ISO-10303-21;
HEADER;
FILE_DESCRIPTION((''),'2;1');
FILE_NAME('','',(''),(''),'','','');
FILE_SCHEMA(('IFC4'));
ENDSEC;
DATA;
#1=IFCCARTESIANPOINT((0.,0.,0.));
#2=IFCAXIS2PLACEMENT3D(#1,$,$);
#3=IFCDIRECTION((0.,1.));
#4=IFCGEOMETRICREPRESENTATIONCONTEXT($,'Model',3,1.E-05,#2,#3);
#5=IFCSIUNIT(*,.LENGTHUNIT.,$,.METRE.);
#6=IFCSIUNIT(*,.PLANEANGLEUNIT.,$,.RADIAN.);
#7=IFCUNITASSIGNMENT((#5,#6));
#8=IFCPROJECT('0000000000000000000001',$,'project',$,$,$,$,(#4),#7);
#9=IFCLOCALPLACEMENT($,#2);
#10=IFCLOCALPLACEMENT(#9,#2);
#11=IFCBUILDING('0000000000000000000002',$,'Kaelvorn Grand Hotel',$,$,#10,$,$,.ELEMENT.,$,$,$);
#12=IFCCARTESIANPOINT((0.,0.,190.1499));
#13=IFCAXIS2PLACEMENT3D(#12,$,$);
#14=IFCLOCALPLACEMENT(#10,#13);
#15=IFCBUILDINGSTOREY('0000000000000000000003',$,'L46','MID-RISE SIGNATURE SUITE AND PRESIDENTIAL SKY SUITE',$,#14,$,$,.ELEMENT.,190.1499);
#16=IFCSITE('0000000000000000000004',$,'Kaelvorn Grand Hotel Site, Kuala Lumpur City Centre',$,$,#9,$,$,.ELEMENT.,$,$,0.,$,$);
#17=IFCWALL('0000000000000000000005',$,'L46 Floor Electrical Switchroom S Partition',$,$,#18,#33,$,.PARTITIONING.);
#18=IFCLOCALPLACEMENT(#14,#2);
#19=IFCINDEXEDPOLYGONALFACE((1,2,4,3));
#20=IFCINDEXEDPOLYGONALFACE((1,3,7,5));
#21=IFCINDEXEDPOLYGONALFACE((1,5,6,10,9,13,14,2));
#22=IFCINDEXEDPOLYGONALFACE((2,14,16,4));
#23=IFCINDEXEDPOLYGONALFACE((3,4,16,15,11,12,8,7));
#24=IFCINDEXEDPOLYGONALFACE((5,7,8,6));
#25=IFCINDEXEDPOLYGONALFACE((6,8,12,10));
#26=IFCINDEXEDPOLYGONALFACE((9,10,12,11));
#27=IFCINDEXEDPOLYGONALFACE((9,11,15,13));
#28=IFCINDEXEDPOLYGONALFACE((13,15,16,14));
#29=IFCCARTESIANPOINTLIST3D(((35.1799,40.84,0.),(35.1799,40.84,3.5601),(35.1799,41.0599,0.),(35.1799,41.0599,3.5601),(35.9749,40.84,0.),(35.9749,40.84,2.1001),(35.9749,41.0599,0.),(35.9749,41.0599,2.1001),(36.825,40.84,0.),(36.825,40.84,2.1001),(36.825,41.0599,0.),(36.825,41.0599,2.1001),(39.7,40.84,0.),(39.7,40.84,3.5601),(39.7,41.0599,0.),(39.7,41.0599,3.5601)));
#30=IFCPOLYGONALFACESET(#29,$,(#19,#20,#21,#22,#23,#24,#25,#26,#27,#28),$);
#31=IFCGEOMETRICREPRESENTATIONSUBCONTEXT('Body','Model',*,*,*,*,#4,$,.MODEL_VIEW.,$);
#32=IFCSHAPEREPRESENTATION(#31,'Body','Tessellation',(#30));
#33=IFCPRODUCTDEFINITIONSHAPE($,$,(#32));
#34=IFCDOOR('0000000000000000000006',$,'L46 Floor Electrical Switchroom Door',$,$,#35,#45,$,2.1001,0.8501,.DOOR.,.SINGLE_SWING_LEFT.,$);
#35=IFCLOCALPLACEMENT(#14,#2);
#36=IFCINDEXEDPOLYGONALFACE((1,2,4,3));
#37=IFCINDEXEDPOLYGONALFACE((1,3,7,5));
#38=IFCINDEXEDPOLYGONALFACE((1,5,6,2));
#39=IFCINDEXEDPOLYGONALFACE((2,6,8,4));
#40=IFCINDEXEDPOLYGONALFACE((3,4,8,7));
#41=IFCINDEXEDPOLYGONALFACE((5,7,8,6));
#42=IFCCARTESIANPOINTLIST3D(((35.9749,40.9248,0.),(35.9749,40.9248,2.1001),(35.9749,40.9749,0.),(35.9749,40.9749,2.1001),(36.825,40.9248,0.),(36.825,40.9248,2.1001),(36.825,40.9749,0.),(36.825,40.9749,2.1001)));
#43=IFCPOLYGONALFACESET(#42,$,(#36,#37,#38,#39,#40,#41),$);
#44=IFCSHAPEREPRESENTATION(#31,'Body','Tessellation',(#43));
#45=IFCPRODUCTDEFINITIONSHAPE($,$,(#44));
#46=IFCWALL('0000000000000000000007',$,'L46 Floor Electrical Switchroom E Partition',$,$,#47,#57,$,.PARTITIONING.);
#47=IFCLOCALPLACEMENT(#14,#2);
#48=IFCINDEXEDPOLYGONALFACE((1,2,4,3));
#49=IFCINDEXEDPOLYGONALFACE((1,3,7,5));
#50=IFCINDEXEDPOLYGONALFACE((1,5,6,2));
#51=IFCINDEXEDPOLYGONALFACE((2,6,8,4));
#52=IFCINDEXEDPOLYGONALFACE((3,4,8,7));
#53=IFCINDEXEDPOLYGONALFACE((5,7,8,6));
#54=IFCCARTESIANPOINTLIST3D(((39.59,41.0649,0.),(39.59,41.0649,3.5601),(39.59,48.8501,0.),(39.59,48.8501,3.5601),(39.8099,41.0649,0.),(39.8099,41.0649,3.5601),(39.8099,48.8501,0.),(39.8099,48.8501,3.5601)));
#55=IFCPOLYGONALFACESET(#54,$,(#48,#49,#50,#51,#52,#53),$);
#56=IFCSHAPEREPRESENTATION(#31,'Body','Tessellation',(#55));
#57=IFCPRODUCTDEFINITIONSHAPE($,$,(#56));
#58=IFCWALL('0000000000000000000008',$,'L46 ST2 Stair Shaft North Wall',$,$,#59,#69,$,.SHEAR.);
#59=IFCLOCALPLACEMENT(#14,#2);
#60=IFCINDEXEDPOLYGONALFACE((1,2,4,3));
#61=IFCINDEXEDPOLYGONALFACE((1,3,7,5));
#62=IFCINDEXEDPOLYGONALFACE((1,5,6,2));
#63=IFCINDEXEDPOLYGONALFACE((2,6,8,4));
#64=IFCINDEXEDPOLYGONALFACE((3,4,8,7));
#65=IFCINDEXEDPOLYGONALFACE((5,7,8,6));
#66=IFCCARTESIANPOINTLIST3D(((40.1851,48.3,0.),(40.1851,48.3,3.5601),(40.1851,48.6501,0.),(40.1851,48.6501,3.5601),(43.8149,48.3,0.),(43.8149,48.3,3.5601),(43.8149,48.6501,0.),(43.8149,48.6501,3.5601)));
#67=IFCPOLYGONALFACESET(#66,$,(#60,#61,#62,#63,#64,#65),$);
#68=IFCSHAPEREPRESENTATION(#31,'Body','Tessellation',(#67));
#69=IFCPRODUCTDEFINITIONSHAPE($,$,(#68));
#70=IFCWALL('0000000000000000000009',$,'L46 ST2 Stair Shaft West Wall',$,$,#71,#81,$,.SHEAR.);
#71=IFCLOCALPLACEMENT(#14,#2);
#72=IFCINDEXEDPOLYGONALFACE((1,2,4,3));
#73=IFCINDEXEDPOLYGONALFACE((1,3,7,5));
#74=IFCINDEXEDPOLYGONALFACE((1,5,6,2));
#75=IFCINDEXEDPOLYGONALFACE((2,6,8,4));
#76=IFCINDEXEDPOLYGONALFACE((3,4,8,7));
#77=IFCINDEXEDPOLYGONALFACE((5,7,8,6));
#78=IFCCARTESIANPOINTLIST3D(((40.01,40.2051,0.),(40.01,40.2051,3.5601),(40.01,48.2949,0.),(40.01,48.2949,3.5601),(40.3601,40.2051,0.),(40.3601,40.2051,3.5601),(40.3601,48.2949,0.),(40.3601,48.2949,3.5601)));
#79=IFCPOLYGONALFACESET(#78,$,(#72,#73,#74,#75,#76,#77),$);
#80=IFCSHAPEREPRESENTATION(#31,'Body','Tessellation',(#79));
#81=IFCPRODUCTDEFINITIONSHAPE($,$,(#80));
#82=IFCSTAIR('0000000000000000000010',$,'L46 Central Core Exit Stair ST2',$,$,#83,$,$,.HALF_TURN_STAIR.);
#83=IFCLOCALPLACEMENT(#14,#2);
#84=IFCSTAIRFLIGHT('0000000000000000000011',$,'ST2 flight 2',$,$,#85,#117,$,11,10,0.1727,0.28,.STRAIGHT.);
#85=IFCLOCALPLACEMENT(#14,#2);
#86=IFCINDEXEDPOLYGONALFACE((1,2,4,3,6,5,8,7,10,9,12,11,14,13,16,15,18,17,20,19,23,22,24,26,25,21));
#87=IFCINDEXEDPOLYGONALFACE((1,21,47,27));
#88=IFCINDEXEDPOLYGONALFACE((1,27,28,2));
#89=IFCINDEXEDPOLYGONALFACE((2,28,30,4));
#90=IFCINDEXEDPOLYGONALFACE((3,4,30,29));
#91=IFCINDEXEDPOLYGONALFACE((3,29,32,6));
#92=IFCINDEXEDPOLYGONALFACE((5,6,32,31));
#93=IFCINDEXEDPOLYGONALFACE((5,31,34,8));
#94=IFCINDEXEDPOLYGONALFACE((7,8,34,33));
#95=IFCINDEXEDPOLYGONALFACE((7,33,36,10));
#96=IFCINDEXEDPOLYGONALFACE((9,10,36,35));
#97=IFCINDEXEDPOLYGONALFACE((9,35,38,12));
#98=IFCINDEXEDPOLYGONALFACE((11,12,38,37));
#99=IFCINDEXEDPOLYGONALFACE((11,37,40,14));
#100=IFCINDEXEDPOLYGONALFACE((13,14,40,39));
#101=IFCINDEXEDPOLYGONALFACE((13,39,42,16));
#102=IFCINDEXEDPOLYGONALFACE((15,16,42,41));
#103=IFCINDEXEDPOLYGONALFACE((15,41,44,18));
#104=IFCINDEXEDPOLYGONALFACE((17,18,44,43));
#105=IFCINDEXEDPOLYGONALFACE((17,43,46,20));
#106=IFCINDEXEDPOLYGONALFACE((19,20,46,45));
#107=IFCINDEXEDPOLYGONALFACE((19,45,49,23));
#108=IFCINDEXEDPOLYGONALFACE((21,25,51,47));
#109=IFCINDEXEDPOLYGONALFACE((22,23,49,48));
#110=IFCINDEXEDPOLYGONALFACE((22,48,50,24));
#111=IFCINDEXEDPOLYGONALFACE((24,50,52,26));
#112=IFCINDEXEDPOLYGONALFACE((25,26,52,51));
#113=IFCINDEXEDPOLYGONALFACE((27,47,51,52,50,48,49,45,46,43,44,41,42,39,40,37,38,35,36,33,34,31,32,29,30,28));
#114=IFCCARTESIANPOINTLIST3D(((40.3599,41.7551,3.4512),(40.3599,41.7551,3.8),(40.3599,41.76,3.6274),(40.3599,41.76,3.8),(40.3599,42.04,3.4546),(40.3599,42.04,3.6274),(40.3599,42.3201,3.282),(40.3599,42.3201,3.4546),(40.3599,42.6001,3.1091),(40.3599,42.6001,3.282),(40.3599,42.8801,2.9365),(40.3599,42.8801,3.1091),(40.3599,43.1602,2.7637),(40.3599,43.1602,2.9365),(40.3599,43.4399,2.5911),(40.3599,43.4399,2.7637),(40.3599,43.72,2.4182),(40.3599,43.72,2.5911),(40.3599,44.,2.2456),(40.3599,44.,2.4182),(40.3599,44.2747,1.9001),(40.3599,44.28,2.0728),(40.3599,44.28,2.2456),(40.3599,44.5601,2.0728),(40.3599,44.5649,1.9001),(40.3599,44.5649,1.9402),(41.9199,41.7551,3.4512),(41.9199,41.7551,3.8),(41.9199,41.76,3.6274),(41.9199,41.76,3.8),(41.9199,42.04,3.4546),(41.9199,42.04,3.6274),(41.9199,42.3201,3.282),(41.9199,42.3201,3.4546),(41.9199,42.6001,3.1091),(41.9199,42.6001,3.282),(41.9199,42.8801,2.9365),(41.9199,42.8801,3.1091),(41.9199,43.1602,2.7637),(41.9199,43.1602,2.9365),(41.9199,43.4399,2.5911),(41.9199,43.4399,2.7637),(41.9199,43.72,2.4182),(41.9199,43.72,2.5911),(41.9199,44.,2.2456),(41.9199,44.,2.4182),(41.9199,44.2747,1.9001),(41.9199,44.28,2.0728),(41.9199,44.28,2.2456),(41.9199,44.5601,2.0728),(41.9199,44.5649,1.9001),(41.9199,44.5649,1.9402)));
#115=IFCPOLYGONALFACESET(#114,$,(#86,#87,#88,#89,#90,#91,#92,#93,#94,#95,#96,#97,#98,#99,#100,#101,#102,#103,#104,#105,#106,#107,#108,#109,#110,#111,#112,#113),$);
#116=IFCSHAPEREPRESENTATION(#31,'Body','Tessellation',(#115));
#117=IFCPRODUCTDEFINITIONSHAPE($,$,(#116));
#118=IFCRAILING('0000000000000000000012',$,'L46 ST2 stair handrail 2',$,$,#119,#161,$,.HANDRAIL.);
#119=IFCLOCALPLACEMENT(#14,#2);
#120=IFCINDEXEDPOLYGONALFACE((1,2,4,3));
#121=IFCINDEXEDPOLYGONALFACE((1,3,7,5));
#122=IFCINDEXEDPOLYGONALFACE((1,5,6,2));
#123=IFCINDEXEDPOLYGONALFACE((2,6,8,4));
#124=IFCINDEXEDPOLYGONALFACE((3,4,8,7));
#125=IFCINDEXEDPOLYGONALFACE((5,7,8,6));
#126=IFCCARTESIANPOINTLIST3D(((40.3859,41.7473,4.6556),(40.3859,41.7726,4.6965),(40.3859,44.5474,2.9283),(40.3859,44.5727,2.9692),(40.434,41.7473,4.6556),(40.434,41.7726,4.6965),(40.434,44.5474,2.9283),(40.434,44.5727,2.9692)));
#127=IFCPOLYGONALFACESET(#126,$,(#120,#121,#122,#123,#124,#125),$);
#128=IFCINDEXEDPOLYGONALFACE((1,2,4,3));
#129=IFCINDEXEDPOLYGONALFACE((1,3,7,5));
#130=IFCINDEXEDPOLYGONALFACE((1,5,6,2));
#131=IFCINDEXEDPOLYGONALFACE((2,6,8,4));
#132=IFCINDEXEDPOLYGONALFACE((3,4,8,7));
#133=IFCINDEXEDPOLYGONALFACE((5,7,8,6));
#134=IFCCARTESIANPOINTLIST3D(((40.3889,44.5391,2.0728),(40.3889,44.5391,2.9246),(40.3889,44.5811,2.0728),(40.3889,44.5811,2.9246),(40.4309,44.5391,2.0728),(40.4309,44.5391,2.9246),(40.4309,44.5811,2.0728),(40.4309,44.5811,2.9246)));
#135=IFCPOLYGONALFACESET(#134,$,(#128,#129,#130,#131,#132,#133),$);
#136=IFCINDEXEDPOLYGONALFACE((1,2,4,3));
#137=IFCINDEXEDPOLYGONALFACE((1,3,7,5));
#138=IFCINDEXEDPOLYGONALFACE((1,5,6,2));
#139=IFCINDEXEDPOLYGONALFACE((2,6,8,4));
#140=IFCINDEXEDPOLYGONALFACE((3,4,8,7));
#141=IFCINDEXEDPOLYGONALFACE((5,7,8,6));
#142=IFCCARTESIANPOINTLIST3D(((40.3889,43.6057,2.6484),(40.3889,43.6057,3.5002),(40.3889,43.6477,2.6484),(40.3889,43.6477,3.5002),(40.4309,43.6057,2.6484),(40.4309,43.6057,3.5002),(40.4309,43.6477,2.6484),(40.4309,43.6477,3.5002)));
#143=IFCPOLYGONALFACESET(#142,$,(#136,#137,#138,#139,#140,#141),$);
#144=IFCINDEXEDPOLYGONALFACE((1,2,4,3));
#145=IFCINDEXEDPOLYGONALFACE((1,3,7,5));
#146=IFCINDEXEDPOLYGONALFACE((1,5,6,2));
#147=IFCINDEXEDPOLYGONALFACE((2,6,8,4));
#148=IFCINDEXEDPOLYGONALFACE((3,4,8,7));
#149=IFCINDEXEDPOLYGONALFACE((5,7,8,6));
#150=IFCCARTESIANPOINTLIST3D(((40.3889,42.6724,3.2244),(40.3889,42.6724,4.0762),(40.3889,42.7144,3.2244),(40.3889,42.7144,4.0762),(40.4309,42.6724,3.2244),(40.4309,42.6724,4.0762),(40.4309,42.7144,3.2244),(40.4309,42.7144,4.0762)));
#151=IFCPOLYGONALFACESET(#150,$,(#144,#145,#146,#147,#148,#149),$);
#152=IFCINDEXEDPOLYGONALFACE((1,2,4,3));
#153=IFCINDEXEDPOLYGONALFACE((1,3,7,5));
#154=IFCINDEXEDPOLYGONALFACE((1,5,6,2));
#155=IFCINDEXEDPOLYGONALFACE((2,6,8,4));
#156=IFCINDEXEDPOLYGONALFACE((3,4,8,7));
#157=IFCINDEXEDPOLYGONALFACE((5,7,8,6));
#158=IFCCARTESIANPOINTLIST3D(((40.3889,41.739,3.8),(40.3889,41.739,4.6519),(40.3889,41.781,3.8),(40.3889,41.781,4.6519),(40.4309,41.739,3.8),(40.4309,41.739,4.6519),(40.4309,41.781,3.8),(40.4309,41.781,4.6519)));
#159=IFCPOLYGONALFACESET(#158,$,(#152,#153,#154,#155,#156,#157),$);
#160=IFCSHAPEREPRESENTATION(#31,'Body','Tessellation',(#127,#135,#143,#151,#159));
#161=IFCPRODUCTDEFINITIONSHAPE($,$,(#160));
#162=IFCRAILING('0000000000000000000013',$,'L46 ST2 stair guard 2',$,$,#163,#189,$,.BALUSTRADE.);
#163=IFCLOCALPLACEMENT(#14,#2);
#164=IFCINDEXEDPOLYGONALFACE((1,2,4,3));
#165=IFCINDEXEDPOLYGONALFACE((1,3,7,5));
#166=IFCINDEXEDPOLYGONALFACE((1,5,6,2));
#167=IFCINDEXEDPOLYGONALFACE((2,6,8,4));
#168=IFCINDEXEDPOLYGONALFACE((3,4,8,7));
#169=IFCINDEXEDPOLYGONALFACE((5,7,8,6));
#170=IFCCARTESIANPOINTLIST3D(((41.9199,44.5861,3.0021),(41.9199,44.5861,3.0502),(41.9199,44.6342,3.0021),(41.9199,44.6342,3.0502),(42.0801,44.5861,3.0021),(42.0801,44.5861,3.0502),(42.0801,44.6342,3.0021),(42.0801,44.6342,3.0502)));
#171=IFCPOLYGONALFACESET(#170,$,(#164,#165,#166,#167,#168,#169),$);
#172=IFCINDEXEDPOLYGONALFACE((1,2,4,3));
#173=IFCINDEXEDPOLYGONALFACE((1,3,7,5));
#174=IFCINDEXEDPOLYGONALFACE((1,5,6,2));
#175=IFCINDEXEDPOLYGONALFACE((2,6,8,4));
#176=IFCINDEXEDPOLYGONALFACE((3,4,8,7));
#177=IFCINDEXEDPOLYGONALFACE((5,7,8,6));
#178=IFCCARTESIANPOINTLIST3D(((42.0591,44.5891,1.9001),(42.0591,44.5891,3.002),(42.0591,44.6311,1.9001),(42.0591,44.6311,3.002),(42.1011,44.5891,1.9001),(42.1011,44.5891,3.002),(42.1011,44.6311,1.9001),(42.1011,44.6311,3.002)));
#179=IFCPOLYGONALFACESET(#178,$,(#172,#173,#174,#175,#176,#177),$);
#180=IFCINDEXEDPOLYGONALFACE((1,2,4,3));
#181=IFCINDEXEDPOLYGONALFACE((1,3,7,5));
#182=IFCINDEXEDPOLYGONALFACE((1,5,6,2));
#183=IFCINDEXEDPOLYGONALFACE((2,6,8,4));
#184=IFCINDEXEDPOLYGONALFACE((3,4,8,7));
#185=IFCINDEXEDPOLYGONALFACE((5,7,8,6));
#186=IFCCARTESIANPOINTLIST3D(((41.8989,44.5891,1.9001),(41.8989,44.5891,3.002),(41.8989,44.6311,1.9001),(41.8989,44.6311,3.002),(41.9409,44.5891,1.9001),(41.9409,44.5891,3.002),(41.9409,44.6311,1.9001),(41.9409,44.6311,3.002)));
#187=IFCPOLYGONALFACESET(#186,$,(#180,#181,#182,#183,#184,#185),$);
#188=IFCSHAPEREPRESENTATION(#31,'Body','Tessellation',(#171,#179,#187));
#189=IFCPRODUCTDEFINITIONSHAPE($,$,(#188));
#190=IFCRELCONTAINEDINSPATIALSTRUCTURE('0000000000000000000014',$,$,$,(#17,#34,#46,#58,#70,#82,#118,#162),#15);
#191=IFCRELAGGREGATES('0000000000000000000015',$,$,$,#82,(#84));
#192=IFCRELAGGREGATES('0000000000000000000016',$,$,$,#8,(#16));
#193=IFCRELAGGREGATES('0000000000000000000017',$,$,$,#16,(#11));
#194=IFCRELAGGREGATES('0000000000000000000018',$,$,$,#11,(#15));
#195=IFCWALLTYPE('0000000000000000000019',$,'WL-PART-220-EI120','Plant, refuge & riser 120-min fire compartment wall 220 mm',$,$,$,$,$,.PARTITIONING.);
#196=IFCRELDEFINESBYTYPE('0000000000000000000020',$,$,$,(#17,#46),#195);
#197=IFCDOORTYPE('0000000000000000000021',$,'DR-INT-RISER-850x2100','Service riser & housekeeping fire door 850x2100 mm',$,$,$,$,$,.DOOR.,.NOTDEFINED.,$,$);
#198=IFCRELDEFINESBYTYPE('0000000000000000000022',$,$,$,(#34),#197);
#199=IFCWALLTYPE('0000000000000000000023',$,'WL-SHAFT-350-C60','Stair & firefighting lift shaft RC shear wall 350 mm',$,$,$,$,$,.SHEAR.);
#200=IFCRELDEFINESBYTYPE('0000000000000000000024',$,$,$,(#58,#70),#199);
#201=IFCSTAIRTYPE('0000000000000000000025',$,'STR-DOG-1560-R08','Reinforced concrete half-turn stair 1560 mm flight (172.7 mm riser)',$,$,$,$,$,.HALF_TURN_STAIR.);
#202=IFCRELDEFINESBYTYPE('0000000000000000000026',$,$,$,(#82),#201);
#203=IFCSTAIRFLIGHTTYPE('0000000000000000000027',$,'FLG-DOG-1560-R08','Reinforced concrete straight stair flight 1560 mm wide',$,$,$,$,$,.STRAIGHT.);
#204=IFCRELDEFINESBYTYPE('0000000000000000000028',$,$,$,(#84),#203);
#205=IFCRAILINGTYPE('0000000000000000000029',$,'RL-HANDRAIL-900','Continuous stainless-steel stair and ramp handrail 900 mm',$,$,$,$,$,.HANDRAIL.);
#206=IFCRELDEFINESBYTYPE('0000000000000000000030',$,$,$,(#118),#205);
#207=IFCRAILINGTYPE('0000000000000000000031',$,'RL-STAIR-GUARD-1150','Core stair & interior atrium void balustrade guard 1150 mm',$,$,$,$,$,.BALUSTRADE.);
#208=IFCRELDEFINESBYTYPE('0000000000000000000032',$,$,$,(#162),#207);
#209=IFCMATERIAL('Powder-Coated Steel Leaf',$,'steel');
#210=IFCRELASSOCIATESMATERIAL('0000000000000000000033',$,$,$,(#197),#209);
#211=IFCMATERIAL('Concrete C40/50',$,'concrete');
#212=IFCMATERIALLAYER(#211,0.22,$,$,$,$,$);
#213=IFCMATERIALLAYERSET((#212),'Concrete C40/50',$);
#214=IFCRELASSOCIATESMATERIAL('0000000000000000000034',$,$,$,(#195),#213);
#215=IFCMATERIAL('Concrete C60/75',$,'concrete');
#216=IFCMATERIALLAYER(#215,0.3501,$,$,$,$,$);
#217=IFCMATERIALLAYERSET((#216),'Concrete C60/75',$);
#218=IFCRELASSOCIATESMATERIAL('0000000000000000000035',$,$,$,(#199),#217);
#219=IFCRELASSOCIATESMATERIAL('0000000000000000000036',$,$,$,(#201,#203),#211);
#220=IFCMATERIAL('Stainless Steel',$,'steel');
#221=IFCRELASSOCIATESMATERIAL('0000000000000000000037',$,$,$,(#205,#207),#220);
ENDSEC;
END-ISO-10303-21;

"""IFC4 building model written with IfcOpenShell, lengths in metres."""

from ifc_helpers import new_model, si_unit, direction, frame, frame_2d, origin, origin_2d, place, context, subcontext, project, spatial, polyline, rectangle, outline, extrude, material, layer, layer_set, type_object, element, fill, aggregate, save


model = new_model("IFC4")

# Units and contexts
model_context = context("Model", 3, precision=1e-05, world=origin(), true_north=direction((0.0, 1.0)))
body_context = subcontext(model_context, "Body", "Model", "MODEL_VIEW")
ifc_project = project(units=[si_unit("LENGTHUNIT", "METRE"), si_unit("PLANEANGLEUNIT", "RADIAN")], contexts=[model_context])

# Site, building, storey
site_placement = place(None, origin())
site = spatial("IfcSite", under=ifc_project, at=site_placement, Name="Kaelvorn Grand Hotel Site, Kuala Lumpur City Centre", CompositionType="ELEMENT", RefElevation=0.0)
building_placement = place(site_placement, origin())
building = spatial("IfcBuilding", under=site, at=building_placement, Name="Kaelvorn Grand Hotel", CompositionType="ELEMENT")
storey_placement = place(building_placement, frame((0.0, 0.0, 190.1499)))
storey = spatial("IfcBuildingStorey", under=building, at=storey_placement, Name="L46", Description="MID-RISE SIGNATURE SUITE AND PRESIDENTIAL SKY SUITE", CompositionType="ELEMENT", Elevation=190.1499)

# Shared definitions
ifc_material_1 = material(Name="Concrete C60/75", Category="concrete")

# Shared definitions
ifc_material_2 = material(Name="Powder-Coated Steel Leaf", Category="steel")
door_type_1 = type_object("IfcDoorType", Name="DR-INT-RISER-850x2100", Description="Service riser & housekeeping fire door 850x2100 mm", OperationType="NOTDEFINED", PredefinedType="DOOR", material=ifc_material_2)

# Shared definitions
ifc_material_3 = material(Name="Concrete C40/50", Category="concrete")
ifc_layer_1 = layer(ifc_material_3, 0.22)
ifc_layer_set_1 = layer_set([ifc_layer_1], Name="Concrete C40/50")
wall_type_1 = type_object("IfcWallType", Name="WL-PART-220-EI120", Description="Plant, refuge & riser 120-min fire compartment wall 220 mm", PredefinedType="PARTITIONING", material=ifc_layer_set_1)

# Wall, opening, door
wall_1_placement = place(storey_placement, frame((35.1799, 40.95, 0.0), z_axis=(0.0, 0.0, 1.0), x_axis=(1.0, 0.0, 0.0)))
wall_1 = element("IfcWall", 1, at=wall_1_placement, inside=storey, type_object=wall_type_1, Name="L46 Floor Electrical Switchroom S Partition", PredefinedType="PARTITIONING", context=body_context, shape_type="SweptSolid", body=[
    extrude(rectangle(XDim=4.52, YDim=0.22, at=frame_2d((2.26, 0.0))), origin(), (0.0, 0.0, 1.0), 3.5601),
])
opening_1_placement = place(wall_1_placement, frame((0.7949, 0.0, 0.0)))
opening_1 = element("IfcOpeningElement", 2, at=opening_1_placement, cuts=wall_1, PredefinedType="OPENING", context=body_context, shape_type="SweptSolid", body=[
    extrude(rectangle(XDim=0.8501, YDim=2.1001, at=frame_2d((0.425, 1.05))), frame((0.0, 0.1201, 0.0), z_axis=(0.0, -1.0, 0.0), x_axis=(1.0, 0.0, 0.0)), (0.0, 0.0, 1.0), 0.24),
])
door_1_placement = place(opening_1_placement, origin())
door_1 = element("IfcDoor", 3, at=door_1_placement, inside=storey, type_object=door_type_1, Name="L46 Floor Electrical Switchroom Door", OperationType="SINGLE_SWING_LEFT", OverallHeight=2.1001, OverallWidth=0.8501, PredefinedType="DOOR", context=body_context, shape_type="SweptSolid", body=[
    extrude(rectangle(XDim=0.8501, YDim=2.1001, at=frame_2d((0.425, 1.05))), frame((0.0, 0.0249, 0.0), z_axis=(0.0, -1.0, 0.0), x_axis=(1.0, 0.0, 0.0)), (0.0, 0.0, 1.0), 0.05),
])
fill(opening_1, door_1)

# Wall
wall_2_placement = place(storey_placement, frame((39.7, 41.0649, 0.0), z_axis=(0.0, 0.0, 1.0), x_axis=(0.0, 1.0, 0.0)))
element("IfcWall", 4, at=wall_2_placement, inside=storey, type_object=wall_type_1, Name="L46 Floor Electrical Switchroom E Partition", PredefinedType="PARTITIONING", context=body_context, shape_type="SweptSolid", body=[
    extrude(rectangle(XDim=7.7852, YDim=0.22, at=frame_2d((3.8926, 0.0))), origin(), (0.0, 0.0, 1.0), 3.5601),
])

# Shared definitions
ifc_layer_2 = layer(ifc_material_1, 0.3501)
ifc_layer_set_2 = layer_set([ifc_layer_2], Name="Concrete C60/75")
wall_type_2 = type_object("IfcWallType", Name="WL-SHAFT-350-C60", Description="Stair & firefighting lift shaft RC shear wall 350 mm", PredefinedType="SHEAR", material=ifc_layer_set_2)

# Walls
wall_3_placement = place(storey_placement, frame((40.1851, 48.4751, 0.0), z_axis=(0.0, 0.0, 1.0), x_axis=(1.0, 0.0, 0.0)))
element("IfcWall", 5, at=wall_3_placement, inside=storey, type_object=wall_type_2, Name="L46 ST2 Stair Shaft North Wall", PredefinedType="SHEAR", context=body_context, shape_type="SweptSolid", body=[
    extrude(rectangle(XDim=3.6299, YDim=0.3501, at=frame_2d((1.8149, 0.0))), origin(), (0.0, 0.0, 1.0), 3.5601),
])
wall_4_placement = place(storey_placement, frame((40.1851, 40.2051, 0.0), z_axis=(0.0, 0.0, 1.0), x_axis=(0.0, 1.0, 0.0)))
element("IfcWall", 6, at=wall_4_placement, inside=storey, type_object=wall_type_2, Name="L46 ST2 Stair Shaft West Wall", PredefinedType="SHEAR", context=body_context, shape_type="SweptSolid", body=[
    extrude(rectangle(XDim=8.0898, YDim=0.3501, at=frame_2d((4.0449, 0.0))), origin(), (0.0, 0.0, 1.0), 3.5601),
])

# Stair, stair flight
stair_type = type_object("IfcStairType", Name="STR-DOG-1560-R08", Description="Reinforced concrete half-turn stair 1560 mm flight (172.7 mm riser)", PredefinedType="HALF_TURN_STAIR", material=ifc_material_3)
stair_placement = place(storey_placement, origin())
stair = element("IfcStair", 7, at=stair_placement, inside=storey, type_object=stair_type, Name="L46 Central Core Exit Stair ST2", PredefinedType="HALF_TURN_STAIR")
stair_flight_type = type_object("IfcStairFlightType", Name="FLG-DOG-1560-R08", Description="Reinforced concrete straight stair flight 1560 mm wide", PredefinedType="STRAIGHT", material=ifc_material_3)
stair_flight_placement = place(storey_placement, frame((41.1399, 44.5601, 1.9001), z_axis=(0.0, 0.0, 1.0), x_axis=(0.0, -1.0, 0.0)))
stair_flight = element("IfcStairFlight", 8, at=stair_flight_placement, type_object=stair_flight_type, Name="ST2 flight 2", NumberOfRisers=11, NumberOfTreads=10, PredefinedType="STRAIGHT", RiserHeight=0.1727, TreadLength=0.28, context=body_context, shape_type="SweptSolid", body=[
    extrude(outline(polyline([(-0.0049, 0.0), (-0.0049, 0.04), (0.0, 0.1726), (0.28, 0.1726), (0.28, 0.3455), (0.5601, 0.3455), (0.5601, 0.5181), (0.8401, 0.5181), (0.8401, 0.6909), (1.1201, 0.6909), (1.1201, 0.8635), (1.3999, 0.8635), (1.3999, 1.0364), (1.6799, 1.0364), (1.6799, 1.209), (1.96, 1.209), (1.96, 1.3818), (2.24, 1.3818), (2.24, 1.5544), (2.52, 1.5544), (2.52, 1.7273), (2.8, 1.7273), (2.8, 1.8999), (2.8049, 1.8999), (2.8049, 1.551), (0.2854, 0.0), (-0.0049, 0.0)])), frame((0.0, 0.78, 0.0), z_axis=(0.0, -1.0, 0.0), x_axis=(1.0, 0.0, 0.0)), (0.0, 0.0, 1.0), 1.5601),
])
aggregate(stair, [stair_flight])

# Railings
ifc_material_4 = material(Name="Stainless Steel", Category="steel")
railing_type_1 = type_object("IfcRailingType", Name="RL-HANDRAIL-900", Description="Continuous stainless-steel stair and ramp handrail 900 mm", PredefinedType="HANDRAIL", material=ifc_material_4)
railing_1_placement = place(storey_placement, frame((40.4099, 44.5601, 2.0728)))
element("IfcRailing", 9, at=railing_1_placement, inside=storey, type_object=railing_type_1, Name="L46 ST2 stair handrail 2", PredefinedType="HANDRAIL", context=body_context, shape_type="SweptSolid", body=[
    extrude(rectangle(XDim=0.0481, YDim=0.0481, at=origin_2d()), frame((0.0, 0.0, 0.876), z_axis=(0.0, -0.85109, 0.52502), x_axis=(1.0, 0.0, 0.0)), (0.0, 0.0, 1.0), 3.29),
    extrude(rectangle(XDim=0.042, YDim=0.042, at=origin_2d()), origin(), (0.0, 0.0, 1.0), 0.8518),
    extrude(rectangle(XDim=0.042, YDim=0.042, at=origin_2d()), frame((0.0, -0.9333, 0.5757)), (0.0, 0.0, 1.0), 0.8518),
    extrude(rectangle(XDim=0.042, YDim=0.042, at=origin_2d()), frame((0.0, -1.8667, 1.1516)), (0.0, 0.0, 1.0), 0.8518),
    extrude(rectangle(XDim=0.042, YDim=0.042, at=origin_2d()), frame((0.0, -2.8, 1.7273)), (0.0, 0.0, 1.0), 0.8518),
])
railing_type_2 = type_object("IfcRailingType", Name="RL-STAIR-GUARD-1150", Description="Core stair & interior atrium void balustrade guard 1150 mm", PredefinedType="BALUSTRADE", material=ifc_material_4)
railing_2_placement = place(storey_placement, frame((42.0801, 44.6101, 1.9001)))
element("IfcRailing", 10, at=railing_2_placement, inside=storey, type_object=railing_type_2, Name="L46 ST2 stair guard 2", PredefinedType="BALUSTRADE", context=body_context, shape_type="SweptSolid", body=[
    extrude(rectangle(XDim=0.0481, YDim=0.0481, at=origin_2d()), frame((0.0, 0.0, 1.126), z_axis=(-1.0, 0.0, 0.0), x_axis=(0.0, -1.0, 0.0)), (0.0, 0.0, 1.0), 0.1602),
    extrude(rectangle(XDim=0.042, YDim=0.042, at=origin_2d()), origin(), (0.0, 0.0, 1.0), 1.1018),
    extrude(rectangle(XDim=0.042, YDim=0.042, at=origin_2d()), frame((-0.1602, 0.0, 0.0)), (0.0, 0.0, 1.0), 1.1018),
])

save(model, "model.ifc")
